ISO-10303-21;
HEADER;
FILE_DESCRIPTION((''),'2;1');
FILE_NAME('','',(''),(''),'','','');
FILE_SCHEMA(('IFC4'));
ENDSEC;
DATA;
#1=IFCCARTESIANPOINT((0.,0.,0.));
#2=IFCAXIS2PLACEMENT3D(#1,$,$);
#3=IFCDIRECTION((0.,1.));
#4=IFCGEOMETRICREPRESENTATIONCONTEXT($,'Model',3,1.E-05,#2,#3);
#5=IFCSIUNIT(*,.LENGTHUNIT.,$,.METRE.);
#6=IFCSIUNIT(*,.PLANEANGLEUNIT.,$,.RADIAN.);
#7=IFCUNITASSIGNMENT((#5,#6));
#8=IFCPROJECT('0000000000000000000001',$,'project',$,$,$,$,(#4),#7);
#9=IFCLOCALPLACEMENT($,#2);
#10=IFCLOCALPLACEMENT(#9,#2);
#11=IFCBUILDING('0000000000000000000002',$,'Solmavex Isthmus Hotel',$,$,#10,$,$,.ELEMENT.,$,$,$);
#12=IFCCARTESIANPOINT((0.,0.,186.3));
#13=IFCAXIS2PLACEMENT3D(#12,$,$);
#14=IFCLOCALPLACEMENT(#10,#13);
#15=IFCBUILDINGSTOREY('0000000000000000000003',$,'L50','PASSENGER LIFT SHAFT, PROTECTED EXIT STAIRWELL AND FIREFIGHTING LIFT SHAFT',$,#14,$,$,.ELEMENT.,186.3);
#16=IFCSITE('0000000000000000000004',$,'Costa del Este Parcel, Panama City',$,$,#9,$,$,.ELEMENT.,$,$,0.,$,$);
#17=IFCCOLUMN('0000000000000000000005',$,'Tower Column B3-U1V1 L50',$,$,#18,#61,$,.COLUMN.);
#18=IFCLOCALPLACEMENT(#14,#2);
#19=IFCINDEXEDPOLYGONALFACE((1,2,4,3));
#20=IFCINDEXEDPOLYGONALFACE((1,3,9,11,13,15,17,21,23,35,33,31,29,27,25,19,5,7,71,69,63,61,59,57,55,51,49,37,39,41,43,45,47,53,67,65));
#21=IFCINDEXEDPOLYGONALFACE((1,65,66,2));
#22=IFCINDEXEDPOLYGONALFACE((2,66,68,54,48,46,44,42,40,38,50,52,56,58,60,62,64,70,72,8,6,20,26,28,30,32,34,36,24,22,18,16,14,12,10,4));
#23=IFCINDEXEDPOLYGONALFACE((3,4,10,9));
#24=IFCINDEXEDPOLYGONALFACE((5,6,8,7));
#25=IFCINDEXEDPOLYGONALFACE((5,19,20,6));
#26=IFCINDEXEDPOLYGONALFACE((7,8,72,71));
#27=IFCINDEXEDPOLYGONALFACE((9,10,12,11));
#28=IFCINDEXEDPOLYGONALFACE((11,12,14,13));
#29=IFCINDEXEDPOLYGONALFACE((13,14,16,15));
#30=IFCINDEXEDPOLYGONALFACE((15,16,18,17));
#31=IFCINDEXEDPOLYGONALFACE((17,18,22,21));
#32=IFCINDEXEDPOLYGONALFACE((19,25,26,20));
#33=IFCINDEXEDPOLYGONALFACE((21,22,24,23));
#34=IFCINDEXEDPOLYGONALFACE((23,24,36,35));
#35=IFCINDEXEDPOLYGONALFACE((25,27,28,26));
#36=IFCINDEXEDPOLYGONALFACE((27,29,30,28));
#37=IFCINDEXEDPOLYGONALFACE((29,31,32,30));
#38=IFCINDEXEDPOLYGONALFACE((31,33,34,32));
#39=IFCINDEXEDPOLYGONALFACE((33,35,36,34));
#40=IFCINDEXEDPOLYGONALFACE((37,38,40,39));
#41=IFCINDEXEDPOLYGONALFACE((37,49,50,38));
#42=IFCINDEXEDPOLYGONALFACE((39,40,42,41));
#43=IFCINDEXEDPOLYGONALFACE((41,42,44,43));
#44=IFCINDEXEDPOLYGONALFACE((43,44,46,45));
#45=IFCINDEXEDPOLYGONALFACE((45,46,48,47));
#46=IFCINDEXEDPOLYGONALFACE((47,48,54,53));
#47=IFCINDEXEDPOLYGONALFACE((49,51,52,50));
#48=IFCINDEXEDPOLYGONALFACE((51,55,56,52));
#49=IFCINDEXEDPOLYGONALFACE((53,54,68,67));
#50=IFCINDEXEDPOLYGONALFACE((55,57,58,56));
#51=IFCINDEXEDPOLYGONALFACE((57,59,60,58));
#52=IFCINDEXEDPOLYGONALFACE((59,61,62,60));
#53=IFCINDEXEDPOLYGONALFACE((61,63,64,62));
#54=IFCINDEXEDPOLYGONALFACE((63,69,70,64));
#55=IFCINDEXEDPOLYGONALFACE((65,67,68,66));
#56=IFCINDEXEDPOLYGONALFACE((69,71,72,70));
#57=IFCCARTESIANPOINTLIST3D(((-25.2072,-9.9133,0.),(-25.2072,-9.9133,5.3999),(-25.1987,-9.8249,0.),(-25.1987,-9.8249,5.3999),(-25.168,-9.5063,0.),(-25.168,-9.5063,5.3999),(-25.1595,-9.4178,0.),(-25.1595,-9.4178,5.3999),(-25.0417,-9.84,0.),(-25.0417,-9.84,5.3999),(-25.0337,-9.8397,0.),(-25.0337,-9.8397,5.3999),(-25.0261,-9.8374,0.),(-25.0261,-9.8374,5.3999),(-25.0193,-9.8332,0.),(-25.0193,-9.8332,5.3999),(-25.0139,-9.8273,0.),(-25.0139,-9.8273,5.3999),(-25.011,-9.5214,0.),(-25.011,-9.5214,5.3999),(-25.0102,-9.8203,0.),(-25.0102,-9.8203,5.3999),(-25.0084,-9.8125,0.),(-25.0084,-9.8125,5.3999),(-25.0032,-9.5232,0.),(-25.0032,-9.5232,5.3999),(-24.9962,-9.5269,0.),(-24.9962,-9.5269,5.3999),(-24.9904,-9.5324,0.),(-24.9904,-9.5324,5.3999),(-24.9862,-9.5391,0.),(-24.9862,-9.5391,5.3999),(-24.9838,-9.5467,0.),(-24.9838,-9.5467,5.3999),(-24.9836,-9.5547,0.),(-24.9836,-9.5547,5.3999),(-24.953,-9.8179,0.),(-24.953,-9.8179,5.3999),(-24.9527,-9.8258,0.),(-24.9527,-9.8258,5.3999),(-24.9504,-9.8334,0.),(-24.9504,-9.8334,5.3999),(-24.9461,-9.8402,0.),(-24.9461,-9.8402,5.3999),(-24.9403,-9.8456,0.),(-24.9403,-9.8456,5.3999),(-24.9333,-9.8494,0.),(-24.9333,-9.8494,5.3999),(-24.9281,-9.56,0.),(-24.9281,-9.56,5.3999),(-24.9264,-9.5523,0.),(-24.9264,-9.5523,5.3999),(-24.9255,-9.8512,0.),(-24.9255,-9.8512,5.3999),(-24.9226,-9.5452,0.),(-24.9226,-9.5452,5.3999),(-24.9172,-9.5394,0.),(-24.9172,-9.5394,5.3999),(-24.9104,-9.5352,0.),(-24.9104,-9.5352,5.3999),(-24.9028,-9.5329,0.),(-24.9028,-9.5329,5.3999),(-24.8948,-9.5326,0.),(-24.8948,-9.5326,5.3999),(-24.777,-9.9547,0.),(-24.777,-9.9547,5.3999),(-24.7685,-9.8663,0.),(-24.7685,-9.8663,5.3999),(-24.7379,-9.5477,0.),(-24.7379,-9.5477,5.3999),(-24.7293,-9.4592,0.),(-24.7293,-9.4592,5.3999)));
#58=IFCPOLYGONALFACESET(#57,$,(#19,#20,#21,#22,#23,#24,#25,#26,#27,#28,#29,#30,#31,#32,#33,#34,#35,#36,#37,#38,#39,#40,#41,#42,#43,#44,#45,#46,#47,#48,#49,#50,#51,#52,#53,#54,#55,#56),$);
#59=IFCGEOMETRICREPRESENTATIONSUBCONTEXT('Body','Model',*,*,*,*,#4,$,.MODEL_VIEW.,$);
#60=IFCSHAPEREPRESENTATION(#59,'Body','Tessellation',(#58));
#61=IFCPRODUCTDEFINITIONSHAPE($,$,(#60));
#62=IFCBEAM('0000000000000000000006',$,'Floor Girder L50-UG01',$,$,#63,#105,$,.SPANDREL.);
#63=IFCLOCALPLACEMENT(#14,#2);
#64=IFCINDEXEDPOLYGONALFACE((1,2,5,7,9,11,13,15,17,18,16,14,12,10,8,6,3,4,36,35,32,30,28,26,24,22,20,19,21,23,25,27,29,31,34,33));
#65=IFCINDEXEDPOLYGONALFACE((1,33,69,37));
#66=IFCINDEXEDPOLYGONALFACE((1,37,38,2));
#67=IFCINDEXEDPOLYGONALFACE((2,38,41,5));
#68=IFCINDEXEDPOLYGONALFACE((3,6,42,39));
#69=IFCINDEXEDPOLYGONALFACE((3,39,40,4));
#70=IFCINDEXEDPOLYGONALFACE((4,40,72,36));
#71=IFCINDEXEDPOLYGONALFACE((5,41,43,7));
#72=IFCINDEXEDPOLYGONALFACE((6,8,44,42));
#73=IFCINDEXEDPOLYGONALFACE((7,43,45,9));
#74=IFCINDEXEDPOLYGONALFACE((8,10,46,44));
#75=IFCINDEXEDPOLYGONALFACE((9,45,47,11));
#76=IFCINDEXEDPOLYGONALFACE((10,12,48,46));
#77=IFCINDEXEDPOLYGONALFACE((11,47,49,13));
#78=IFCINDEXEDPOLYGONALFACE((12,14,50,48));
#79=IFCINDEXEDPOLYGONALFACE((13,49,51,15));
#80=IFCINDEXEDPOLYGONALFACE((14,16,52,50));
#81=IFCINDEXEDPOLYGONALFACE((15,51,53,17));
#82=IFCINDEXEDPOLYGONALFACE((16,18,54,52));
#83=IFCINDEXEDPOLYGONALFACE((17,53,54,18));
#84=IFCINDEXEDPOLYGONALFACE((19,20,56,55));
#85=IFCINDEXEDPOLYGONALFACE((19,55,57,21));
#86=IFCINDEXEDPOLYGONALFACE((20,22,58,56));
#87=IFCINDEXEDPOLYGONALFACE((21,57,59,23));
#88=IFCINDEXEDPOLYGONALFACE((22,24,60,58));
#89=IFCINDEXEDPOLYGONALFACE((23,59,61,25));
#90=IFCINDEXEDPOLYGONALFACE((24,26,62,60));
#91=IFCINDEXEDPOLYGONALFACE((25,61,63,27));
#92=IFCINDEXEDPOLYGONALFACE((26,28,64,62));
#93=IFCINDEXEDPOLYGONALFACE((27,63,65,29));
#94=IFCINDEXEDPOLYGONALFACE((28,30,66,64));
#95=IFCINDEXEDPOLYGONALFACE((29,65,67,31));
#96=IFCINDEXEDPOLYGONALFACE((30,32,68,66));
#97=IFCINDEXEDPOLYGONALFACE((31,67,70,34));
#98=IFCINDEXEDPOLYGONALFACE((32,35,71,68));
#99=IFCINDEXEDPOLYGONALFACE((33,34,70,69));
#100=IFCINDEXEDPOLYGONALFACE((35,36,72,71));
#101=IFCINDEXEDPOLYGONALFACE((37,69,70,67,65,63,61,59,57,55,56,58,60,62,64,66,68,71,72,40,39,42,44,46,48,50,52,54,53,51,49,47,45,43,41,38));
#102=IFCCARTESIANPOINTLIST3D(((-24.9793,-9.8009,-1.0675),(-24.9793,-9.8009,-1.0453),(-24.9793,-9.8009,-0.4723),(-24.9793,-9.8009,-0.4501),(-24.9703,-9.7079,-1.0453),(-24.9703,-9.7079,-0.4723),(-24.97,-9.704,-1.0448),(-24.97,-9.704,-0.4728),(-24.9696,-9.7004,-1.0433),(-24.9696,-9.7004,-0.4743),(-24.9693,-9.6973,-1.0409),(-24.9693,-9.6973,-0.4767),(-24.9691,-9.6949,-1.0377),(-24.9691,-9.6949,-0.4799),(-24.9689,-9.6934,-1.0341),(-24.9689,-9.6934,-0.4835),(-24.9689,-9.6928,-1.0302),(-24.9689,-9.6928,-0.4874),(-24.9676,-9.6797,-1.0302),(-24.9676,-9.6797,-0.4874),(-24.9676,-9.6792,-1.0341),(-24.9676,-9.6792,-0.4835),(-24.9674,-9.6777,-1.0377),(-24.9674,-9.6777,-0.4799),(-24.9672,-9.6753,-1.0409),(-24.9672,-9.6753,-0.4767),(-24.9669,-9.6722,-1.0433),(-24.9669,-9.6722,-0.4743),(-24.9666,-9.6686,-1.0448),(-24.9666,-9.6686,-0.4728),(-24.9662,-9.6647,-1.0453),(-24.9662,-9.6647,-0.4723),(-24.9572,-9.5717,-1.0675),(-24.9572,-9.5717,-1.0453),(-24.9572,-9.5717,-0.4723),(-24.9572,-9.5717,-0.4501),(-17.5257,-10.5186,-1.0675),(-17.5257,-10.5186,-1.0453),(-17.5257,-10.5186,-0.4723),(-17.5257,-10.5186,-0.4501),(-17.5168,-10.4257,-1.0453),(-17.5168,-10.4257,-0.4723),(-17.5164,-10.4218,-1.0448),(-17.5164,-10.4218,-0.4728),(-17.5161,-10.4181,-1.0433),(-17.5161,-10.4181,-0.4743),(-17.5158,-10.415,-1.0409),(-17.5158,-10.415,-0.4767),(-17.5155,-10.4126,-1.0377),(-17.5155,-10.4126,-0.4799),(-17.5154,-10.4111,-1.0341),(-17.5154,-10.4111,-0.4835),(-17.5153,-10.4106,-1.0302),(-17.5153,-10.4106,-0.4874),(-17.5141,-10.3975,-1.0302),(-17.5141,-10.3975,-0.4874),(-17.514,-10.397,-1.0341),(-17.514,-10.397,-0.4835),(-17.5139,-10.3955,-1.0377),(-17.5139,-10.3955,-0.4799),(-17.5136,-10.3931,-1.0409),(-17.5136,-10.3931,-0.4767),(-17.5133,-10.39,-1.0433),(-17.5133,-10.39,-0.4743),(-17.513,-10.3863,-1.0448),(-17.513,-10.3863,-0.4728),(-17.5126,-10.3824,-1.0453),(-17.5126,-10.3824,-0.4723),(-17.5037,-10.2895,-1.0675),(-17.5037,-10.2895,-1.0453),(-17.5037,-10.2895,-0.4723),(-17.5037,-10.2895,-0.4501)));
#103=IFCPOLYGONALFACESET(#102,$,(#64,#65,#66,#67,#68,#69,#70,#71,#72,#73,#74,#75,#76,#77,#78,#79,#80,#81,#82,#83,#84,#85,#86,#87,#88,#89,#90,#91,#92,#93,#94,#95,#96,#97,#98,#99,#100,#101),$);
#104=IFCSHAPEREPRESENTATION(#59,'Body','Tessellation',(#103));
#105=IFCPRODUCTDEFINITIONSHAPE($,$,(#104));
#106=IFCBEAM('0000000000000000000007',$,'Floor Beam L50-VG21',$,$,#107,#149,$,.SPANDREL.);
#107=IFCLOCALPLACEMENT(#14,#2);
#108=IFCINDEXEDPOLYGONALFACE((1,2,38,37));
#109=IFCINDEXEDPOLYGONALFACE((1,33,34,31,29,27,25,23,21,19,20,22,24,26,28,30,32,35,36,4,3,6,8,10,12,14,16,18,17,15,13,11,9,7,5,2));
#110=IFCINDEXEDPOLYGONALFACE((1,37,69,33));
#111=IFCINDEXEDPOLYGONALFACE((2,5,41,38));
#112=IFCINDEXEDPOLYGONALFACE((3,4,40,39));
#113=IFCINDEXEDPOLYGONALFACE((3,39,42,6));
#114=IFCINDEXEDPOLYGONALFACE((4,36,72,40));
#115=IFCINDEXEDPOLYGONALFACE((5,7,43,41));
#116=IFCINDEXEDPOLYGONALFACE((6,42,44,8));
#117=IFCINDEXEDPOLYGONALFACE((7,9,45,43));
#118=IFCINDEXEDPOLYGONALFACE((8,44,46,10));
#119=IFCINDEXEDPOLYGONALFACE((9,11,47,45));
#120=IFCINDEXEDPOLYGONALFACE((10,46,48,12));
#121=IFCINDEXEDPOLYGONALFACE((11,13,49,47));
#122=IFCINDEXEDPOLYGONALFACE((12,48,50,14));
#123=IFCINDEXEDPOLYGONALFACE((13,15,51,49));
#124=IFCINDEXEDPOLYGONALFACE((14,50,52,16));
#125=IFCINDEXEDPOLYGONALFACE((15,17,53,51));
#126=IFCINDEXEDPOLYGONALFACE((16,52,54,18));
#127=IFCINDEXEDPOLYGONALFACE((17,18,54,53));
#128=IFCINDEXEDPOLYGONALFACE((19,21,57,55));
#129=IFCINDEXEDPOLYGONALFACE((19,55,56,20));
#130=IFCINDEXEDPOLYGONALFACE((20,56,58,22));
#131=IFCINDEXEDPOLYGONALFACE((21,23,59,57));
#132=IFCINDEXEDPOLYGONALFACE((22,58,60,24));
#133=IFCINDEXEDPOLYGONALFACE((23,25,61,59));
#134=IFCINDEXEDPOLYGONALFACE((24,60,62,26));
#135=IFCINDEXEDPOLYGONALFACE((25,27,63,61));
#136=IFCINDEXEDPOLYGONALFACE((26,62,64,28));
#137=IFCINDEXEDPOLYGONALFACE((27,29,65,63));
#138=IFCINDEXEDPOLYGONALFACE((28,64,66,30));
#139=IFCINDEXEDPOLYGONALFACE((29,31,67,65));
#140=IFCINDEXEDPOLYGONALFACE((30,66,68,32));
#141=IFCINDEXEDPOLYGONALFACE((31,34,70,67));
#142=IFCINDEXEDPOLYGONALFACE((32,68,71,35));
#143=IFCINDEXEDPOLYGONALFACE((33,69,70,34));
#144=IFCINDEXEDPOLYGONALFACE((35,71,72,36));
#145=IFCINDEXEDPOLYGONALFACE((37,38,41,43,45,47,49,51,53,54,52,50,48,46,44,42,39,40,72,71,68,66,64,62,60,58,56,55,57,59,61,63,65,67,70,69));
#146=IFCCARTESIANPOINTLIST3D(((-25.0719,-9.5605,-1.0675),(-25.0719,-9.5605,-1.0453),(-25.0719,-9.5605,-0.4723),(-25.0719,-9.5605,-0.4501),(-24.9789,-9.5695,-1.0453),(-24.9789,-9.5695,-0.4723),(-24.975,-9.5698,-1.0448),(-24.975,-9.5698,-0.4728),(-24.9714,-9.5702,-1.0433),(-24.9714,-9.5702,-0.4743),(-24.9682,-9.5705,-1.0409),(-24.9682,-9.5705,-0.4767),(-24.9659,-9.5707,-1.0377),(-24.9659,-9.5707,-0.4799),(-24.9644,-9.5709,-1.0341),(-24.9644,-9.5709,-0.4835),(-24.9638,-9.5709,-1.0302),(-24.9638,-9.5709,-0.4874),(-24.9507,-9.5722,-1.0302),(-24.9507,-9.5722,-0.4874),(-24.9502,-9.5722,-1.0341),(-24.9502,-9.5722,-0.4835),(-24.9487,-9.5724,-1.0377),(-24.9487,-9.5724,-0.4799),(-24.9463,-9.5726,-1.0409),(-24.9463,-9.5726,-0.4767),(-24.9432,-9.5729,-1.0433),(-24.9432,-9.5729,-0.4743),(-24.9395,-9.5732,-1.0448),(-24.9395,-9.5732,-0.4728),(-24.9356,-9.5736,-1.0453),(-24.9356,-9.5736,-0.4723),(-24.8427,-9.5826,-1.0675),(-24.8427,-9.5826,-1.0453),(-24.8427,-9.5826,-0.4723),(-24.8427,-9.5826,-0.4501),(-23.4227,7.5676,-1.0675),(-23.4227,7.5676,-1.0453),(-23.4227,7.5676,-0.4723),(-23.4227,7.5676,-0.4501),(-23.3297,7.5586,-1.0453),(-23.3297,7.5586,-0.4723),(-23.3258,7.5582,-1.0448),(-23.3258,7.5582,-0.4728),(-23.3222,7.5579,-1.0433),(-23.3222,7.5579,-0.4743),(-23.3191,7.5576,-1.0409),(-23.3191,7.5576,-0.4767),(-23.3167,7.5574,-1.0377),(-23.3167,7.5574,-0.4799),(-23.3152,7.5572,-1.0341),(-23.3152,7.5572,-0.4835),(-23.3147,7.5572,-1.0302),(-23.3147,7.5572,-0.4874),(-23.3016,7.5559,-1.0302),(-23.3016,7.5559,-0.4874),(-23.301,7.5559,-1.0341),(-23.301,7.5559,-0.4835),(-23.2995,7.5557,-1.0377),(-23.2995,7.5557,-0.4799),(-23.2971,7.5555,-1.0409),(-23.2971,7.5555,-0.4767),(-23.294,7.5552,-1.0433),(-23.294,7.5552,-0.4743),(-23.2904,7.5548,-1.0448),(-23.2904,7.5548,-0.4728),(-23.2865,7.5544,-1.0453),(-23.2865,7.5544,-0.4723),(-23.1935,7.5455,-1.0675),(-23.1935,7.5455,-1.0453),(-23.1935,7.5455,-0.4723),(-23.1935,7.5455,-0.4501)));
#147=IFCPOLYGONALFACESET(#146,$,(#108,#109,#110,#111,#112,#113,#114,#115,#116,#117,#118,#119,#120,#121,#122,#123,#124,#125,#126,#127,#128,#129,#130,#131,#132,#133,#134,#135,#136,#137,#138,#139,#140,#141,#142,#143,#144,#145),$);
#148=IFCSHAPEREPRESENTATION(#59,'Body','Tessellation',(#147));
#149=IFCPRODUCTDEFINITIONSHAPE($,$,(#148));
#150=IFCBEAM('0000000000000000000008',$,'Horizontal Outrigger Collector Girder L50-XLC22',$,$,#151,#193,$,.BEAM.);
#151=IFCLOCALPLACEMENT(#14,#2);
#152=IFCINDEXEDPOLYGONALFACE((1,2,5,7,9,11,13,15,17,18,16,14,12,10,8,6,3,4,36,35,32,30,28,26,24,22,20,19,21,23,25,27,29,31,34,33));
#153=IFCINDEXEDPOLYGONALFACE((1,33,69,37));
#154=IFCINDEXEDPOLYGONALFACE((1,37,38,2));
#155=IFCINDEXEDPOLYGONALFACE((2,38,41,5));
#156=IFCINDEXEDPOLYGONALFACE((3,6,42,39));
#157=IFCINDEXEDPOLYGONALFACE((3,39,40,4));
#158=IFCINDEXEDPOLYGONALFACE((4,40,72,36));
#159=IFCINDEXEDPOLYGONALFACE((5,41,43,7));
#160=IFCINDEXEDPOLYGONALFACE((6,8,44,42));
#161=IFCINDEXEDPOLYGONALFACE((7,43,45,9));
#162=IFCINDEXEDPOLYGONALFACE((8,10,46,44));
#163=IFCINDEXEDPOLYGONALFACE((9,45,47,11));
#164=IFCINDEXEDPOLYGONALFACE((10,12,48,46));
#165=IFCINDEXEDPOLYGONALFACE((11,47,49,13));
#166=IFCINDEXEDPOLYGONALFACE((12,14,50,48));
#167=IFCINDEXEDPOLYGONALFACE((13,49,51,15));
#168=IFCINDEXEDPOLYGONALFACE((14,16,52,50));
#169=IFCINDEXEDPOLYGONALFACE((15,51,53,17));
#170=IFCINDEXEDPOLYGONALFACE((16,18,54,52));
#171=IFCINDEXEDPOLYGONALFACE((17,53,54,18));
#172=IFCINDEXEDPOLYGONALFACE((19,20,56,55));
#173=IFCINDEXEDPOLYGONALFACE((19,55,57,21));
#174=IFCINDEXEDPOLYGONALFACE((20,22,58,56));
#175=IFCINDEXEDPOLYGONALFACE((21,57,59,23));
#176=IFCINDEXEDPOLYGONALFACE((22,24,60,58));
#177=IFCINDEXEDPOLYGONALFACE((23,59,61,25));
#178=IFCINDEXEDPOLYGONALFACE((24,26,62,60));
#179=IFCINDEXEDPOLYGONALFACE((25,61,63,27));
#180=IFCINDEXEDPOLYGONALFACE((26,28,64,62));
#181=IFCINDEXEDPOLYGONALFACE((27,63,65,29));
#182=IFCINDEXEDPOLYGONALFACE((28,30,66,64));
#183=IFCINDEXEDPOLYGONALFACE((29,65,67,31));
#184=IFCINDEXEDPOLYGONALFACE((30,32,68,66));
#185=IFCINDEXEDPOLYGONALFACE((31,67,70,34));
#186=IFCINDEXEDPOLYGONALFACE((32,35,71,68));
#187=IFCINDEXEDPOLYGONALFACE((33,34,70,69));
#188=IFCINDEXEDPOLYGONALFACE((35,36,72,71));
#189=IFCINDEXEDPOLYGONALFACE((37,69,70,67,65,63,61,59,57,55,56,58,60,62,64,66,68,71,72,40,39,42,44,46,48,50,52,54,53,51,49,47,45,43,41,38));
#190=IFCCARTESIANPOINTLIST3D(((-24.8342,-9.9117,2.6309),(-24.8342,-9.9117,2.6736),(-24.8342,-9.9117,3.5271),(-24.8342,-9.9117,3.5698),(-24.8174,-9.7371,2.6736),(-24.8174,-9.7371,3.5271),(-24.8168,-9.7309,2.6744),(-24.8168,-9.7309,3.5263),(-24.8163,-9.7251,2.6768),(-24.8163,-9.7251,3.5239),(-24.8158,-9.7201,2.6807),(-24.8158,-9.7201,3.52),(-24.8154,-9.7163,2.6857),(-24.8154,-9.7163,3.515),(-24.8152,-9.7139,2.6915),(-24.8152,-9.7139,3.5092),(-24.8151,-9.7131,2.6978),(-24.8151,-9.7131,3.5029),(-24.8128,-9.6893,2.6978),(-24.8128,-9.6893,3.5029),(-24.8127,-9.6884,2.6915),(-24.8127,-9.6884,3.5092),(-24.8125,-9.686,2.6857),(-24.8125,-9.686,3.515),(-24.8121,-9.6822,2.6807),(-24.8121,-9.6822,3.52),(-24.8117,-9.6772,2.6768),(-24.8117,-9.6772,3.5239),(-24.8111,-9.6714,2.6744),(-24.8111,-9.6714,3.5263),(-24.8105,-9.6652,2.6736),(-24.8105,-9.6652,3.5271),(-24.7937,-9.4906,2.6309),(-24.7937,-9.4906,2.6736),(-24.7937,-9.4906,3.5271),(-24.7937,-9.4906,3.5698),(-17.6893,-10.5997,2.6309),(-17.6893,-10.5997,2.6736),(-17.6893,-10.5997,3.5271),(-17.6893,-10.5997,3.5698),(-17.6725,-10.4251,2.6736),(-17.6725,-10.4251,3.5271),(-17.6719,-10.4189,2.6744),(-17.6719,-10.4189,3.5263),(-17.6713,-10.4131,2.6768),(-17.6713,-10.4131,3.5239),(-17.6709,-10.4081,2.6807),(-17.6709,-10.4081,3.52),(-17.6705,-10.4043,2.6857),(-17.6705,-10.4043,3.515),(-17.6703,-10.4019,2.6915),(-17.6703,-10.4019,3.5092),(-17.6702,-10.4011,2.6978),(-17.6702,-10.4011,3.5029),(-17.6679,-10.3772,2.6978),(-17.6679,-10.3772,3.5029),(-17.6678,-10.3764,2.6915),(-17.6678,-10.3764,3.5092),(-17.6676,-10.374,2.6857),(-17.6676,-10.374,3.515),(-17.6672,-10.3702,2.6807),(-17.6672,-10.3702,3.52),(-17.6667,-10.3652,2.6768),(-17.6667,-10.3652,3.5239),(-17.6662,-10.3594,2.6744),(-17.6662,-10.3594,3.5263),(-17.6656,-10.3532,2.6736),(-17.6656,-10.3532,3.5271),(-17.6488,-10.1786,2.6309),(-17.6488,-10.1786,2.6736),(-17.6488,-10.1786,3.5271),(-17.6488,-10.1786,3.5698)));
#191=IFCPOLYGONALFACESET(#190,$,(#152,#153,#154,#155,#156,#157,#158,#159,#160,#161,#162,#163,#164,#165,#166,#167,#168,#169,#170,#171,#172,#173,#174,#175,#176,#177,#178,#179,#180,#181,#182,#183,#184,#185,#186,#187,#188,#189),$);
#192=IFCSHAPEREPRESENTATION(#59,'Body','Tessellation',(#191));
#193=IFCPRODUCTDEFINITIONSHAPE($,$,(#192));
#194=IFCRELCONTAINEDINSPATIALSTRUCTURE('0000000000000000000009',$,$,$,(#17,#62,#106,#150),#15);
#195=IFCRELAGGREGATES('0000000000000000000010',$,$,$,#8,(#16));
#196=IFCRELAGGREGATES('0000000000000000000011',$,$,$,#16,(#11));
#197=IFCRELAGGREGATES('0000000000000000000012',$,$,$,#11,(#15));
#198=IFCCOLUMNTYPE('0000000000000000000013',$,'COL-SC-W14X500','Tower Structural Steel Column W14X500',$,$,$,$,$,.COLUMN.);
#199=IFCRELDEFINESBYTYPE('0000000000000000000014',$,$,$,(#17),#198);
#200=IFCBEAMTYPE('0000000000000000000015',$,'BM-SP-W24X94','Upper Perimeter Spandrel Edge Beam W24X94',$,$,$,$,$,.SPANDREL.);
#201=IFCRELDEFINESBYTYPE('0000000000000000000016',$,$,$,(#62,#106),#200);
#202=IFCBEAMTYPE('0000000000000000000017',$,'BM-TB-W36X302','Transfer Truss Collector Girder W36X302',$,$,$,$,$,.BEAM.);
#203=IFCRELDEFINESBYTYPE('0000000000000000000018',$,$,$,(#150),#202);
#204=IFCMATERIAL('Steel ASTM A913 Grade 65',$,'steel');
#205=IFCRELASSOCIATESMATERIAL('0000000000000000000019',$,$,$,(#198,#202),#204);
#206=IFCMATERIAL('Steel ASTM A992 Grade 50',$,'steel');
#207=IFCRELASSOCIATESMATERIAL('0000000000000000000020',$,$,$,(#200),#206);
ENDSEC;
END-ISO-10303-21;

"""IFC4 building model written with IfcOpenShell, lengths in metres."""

from ifc_helpers import new_model, si_unit, direction, frame, origin, origin_2d, place, context, subcontext, project, spatial, i_section, extrude, material, material_profile, profile_set, type_object, element, save


model = new_model("IFC4")

# Units and contexts
model_context = context("Model", 3, precision=1e-05, world=origin(), true_north=direction((0.0, 1.0)))
body_context = subcontext(model_context, "Body", "Model", "MODEL_VIEW")
ifc_project = project(units=[si_unit("LENGTHUNIT", "METRE"), si_unit("PLANEANGLEUNIT", "RADIAN")], contexts=[model_context])

# Site, building, storey
site_placement = place(None, origin())
site = spatial("IfcSite", under=ifc_project, at=site_placement, Name="Costa del Este Parcel, Panama City", CompositionType="ELEMENT", RefElevation=0.0)
building_placement = place(site_placement, origin())
building = spatial("IfcBuilding", under=site, at=building_placement, Name="Solmavex Isthmus Hotel", CompositionType="ELEMENT")
storey_placement = place(building_placement, frame((0.0, 0.0, 186.3)))
storey = spatial("IfcBuildingStorey", under=building, at=storey_placement, Name="L50", Description="PASSENGER LIFT SHAFT, PROTECTED EXIT STAIRWELL AND FIREFIGHTING LIFT SHAFT", CompositionType="ELEMENT", Elevation=186.3)

# Column
ifc_material_1 = material(Name="Steel ASTM A913 Grade 65", Category="steel")
ifc_material_profile_1 = material_profile(ifc_material_1, i_section(OverallWidth=0.4321, OverallDepth=0.4978, WebThickness=0.0557, FlangeThickness=0.0889, FilletRadius=0.0305, at=origin_2d()), Name="W14X500")
ifc_profile_set_1 = profile_set([ifc_material_profile_1], Name="Steel ASTM A913 Grade 65")
column_type = type_object("IfcColumnType", Name="COL-SC-W14X500", Description="Tower Structural Steel Column W14X500", PredefinedType="COLUMN", material=ifc_profile_set_1)
column_placement = place(storey_placement, frame((-24.9683, -9.6863, 0.0), z_axis=(0.0, 0.0, 1.0), x_axis=(0.995396, -0.095846, 0.0)))
element("IfcColumn", 1, at=column_placement, inside=storey, type_object=column_type, Name="Tower Column B3-U1V1 L50", PredefinedType="COLUMN", context=body_context, shape_type="SweptSolid", body=[
    extrude(i_section(OverallWidth=0.4321, OverallDepth=0.4978, WebThickness=0.0557, FlangeThickness=0.0889, FilletRadius=0.0305, at=origin_2d()), origin(), (0.0, 0.0, 1.0), 5.3999),
])

# Beams
ifc_material_2 = material(Name="Steel ASTM A992 Grade 50", Category="steel")
ifc_material_profile_2 = material_profile(ifc_material_2, i_section(OverallWidth=0.2302, OverallDepth=0.6174, WebThickness=0.0132, FlangeThickness=0.0222, FilletRadius=0.0151, at=origin_2d()), Name="W24X94")
ifc_profile_set_2 = profile_set([ifc_material_profile_2], Name="Steel ASTM A992 Grade 50")
beam_type_1 = type_object("IfcBeamType", Name="BM-SP-W24X94", Description="Upper Perimeter Spandrel Edge Beam W24X94", PredefinedType="SPANDREL", material=ifc_profile_set_2)
beam_1_placement = place(storey_placement, frame((-24.9683, -9.6863, -0.7588), z_axis=(0.995395, -0.095855, 0.0), x_axis=(0.095855, 0.995395, 0.0)))
element("IfcBeam", 2, at=beam_1_placement, inside=storey, type_object=beam_type_1, Name="Floor Girder L50-UG01", PredefinedType="SPANDREL", context=body_context, shape_type="SweptSolid", body=[
    extrude(i_section(OverallWidth=0.2302, OverallDepth=0.6174, WebThickness=0.0132, FlangeThickness=0.0222, FilletRadius=0.0151, at=origin_2d()), origin(), (0.0, 0.0, 1.0), 7.488),
])
beam_2_placement = place(storey_placement, frame((-24.9573, -9.5715, -0.7588), z_axis=(0.095841, 0.995397, 0.0), x_axis=(-0.995397, 0.095841, 0.0)))
element("IfcBeam", 3, at=beam_2_placement, inside=storey, type_object=beam_type_1, Name="Floor Beam L50-VG21", PredefinedType="SPANDREL", context=body_context, shape_type="SweptSolid", body=[
    extrude(i_section(OverallWidth=0.2302, OverallDepth=0.6174, WebThickness=0.0132, FlangeThickness=0.0222, FilletRadius=0.0151, at=origin_2d()), origin(), (0.0, 0.0, 1.0), 17.2073),
])
ifc_material_profile_3 = material_profile(ifc_material_1, i_section(OverallWidth=0.4231, OverallDepth=0.939, WebThickness=0.0239, FlangeThickness=0.0427, FilletRadius=0.0242, at=origin_2d()), Name="W36X302")
ifc_profile_set_3 = profile_set([ifc_material_profile_3], Name="Steel ASTM A913 Grade 65")
beam_type_2 = type_object("IfcBeamType", Name="BM-TB-W36X302", Description="Transfer Truss Collector Girder W36X302", PredefinedType="BEAM", material=ifc_profile_set_3)
beam_3_placement = place(storey_placement, frame((-24.814, -9.7012, 3.1003), z_axis=(0.995396, -0.095846, 0.0), x_axis=(0.095846, 0.995396, 0.0)))
element("IfcBeam", 4, at=beam_3_placement, inside=storey, type_object=beam_type_2, Name="Horizontal Outrigger Collector Girder L50-XLC22", PredefinedType="BEAM", context=body_context, shape_type="SweptSolid", body=[
    extrude(i_section(OverallWidth=0.4231, OverallDepth=0.939, WebThickness=0.0239, FlangeThickness=0.0427, FilletRadius=0.0242, at=origin_2d()), origin(), (0.0, 0.0, 1.0), 7.178),
])

save(model, "model.ifc")
